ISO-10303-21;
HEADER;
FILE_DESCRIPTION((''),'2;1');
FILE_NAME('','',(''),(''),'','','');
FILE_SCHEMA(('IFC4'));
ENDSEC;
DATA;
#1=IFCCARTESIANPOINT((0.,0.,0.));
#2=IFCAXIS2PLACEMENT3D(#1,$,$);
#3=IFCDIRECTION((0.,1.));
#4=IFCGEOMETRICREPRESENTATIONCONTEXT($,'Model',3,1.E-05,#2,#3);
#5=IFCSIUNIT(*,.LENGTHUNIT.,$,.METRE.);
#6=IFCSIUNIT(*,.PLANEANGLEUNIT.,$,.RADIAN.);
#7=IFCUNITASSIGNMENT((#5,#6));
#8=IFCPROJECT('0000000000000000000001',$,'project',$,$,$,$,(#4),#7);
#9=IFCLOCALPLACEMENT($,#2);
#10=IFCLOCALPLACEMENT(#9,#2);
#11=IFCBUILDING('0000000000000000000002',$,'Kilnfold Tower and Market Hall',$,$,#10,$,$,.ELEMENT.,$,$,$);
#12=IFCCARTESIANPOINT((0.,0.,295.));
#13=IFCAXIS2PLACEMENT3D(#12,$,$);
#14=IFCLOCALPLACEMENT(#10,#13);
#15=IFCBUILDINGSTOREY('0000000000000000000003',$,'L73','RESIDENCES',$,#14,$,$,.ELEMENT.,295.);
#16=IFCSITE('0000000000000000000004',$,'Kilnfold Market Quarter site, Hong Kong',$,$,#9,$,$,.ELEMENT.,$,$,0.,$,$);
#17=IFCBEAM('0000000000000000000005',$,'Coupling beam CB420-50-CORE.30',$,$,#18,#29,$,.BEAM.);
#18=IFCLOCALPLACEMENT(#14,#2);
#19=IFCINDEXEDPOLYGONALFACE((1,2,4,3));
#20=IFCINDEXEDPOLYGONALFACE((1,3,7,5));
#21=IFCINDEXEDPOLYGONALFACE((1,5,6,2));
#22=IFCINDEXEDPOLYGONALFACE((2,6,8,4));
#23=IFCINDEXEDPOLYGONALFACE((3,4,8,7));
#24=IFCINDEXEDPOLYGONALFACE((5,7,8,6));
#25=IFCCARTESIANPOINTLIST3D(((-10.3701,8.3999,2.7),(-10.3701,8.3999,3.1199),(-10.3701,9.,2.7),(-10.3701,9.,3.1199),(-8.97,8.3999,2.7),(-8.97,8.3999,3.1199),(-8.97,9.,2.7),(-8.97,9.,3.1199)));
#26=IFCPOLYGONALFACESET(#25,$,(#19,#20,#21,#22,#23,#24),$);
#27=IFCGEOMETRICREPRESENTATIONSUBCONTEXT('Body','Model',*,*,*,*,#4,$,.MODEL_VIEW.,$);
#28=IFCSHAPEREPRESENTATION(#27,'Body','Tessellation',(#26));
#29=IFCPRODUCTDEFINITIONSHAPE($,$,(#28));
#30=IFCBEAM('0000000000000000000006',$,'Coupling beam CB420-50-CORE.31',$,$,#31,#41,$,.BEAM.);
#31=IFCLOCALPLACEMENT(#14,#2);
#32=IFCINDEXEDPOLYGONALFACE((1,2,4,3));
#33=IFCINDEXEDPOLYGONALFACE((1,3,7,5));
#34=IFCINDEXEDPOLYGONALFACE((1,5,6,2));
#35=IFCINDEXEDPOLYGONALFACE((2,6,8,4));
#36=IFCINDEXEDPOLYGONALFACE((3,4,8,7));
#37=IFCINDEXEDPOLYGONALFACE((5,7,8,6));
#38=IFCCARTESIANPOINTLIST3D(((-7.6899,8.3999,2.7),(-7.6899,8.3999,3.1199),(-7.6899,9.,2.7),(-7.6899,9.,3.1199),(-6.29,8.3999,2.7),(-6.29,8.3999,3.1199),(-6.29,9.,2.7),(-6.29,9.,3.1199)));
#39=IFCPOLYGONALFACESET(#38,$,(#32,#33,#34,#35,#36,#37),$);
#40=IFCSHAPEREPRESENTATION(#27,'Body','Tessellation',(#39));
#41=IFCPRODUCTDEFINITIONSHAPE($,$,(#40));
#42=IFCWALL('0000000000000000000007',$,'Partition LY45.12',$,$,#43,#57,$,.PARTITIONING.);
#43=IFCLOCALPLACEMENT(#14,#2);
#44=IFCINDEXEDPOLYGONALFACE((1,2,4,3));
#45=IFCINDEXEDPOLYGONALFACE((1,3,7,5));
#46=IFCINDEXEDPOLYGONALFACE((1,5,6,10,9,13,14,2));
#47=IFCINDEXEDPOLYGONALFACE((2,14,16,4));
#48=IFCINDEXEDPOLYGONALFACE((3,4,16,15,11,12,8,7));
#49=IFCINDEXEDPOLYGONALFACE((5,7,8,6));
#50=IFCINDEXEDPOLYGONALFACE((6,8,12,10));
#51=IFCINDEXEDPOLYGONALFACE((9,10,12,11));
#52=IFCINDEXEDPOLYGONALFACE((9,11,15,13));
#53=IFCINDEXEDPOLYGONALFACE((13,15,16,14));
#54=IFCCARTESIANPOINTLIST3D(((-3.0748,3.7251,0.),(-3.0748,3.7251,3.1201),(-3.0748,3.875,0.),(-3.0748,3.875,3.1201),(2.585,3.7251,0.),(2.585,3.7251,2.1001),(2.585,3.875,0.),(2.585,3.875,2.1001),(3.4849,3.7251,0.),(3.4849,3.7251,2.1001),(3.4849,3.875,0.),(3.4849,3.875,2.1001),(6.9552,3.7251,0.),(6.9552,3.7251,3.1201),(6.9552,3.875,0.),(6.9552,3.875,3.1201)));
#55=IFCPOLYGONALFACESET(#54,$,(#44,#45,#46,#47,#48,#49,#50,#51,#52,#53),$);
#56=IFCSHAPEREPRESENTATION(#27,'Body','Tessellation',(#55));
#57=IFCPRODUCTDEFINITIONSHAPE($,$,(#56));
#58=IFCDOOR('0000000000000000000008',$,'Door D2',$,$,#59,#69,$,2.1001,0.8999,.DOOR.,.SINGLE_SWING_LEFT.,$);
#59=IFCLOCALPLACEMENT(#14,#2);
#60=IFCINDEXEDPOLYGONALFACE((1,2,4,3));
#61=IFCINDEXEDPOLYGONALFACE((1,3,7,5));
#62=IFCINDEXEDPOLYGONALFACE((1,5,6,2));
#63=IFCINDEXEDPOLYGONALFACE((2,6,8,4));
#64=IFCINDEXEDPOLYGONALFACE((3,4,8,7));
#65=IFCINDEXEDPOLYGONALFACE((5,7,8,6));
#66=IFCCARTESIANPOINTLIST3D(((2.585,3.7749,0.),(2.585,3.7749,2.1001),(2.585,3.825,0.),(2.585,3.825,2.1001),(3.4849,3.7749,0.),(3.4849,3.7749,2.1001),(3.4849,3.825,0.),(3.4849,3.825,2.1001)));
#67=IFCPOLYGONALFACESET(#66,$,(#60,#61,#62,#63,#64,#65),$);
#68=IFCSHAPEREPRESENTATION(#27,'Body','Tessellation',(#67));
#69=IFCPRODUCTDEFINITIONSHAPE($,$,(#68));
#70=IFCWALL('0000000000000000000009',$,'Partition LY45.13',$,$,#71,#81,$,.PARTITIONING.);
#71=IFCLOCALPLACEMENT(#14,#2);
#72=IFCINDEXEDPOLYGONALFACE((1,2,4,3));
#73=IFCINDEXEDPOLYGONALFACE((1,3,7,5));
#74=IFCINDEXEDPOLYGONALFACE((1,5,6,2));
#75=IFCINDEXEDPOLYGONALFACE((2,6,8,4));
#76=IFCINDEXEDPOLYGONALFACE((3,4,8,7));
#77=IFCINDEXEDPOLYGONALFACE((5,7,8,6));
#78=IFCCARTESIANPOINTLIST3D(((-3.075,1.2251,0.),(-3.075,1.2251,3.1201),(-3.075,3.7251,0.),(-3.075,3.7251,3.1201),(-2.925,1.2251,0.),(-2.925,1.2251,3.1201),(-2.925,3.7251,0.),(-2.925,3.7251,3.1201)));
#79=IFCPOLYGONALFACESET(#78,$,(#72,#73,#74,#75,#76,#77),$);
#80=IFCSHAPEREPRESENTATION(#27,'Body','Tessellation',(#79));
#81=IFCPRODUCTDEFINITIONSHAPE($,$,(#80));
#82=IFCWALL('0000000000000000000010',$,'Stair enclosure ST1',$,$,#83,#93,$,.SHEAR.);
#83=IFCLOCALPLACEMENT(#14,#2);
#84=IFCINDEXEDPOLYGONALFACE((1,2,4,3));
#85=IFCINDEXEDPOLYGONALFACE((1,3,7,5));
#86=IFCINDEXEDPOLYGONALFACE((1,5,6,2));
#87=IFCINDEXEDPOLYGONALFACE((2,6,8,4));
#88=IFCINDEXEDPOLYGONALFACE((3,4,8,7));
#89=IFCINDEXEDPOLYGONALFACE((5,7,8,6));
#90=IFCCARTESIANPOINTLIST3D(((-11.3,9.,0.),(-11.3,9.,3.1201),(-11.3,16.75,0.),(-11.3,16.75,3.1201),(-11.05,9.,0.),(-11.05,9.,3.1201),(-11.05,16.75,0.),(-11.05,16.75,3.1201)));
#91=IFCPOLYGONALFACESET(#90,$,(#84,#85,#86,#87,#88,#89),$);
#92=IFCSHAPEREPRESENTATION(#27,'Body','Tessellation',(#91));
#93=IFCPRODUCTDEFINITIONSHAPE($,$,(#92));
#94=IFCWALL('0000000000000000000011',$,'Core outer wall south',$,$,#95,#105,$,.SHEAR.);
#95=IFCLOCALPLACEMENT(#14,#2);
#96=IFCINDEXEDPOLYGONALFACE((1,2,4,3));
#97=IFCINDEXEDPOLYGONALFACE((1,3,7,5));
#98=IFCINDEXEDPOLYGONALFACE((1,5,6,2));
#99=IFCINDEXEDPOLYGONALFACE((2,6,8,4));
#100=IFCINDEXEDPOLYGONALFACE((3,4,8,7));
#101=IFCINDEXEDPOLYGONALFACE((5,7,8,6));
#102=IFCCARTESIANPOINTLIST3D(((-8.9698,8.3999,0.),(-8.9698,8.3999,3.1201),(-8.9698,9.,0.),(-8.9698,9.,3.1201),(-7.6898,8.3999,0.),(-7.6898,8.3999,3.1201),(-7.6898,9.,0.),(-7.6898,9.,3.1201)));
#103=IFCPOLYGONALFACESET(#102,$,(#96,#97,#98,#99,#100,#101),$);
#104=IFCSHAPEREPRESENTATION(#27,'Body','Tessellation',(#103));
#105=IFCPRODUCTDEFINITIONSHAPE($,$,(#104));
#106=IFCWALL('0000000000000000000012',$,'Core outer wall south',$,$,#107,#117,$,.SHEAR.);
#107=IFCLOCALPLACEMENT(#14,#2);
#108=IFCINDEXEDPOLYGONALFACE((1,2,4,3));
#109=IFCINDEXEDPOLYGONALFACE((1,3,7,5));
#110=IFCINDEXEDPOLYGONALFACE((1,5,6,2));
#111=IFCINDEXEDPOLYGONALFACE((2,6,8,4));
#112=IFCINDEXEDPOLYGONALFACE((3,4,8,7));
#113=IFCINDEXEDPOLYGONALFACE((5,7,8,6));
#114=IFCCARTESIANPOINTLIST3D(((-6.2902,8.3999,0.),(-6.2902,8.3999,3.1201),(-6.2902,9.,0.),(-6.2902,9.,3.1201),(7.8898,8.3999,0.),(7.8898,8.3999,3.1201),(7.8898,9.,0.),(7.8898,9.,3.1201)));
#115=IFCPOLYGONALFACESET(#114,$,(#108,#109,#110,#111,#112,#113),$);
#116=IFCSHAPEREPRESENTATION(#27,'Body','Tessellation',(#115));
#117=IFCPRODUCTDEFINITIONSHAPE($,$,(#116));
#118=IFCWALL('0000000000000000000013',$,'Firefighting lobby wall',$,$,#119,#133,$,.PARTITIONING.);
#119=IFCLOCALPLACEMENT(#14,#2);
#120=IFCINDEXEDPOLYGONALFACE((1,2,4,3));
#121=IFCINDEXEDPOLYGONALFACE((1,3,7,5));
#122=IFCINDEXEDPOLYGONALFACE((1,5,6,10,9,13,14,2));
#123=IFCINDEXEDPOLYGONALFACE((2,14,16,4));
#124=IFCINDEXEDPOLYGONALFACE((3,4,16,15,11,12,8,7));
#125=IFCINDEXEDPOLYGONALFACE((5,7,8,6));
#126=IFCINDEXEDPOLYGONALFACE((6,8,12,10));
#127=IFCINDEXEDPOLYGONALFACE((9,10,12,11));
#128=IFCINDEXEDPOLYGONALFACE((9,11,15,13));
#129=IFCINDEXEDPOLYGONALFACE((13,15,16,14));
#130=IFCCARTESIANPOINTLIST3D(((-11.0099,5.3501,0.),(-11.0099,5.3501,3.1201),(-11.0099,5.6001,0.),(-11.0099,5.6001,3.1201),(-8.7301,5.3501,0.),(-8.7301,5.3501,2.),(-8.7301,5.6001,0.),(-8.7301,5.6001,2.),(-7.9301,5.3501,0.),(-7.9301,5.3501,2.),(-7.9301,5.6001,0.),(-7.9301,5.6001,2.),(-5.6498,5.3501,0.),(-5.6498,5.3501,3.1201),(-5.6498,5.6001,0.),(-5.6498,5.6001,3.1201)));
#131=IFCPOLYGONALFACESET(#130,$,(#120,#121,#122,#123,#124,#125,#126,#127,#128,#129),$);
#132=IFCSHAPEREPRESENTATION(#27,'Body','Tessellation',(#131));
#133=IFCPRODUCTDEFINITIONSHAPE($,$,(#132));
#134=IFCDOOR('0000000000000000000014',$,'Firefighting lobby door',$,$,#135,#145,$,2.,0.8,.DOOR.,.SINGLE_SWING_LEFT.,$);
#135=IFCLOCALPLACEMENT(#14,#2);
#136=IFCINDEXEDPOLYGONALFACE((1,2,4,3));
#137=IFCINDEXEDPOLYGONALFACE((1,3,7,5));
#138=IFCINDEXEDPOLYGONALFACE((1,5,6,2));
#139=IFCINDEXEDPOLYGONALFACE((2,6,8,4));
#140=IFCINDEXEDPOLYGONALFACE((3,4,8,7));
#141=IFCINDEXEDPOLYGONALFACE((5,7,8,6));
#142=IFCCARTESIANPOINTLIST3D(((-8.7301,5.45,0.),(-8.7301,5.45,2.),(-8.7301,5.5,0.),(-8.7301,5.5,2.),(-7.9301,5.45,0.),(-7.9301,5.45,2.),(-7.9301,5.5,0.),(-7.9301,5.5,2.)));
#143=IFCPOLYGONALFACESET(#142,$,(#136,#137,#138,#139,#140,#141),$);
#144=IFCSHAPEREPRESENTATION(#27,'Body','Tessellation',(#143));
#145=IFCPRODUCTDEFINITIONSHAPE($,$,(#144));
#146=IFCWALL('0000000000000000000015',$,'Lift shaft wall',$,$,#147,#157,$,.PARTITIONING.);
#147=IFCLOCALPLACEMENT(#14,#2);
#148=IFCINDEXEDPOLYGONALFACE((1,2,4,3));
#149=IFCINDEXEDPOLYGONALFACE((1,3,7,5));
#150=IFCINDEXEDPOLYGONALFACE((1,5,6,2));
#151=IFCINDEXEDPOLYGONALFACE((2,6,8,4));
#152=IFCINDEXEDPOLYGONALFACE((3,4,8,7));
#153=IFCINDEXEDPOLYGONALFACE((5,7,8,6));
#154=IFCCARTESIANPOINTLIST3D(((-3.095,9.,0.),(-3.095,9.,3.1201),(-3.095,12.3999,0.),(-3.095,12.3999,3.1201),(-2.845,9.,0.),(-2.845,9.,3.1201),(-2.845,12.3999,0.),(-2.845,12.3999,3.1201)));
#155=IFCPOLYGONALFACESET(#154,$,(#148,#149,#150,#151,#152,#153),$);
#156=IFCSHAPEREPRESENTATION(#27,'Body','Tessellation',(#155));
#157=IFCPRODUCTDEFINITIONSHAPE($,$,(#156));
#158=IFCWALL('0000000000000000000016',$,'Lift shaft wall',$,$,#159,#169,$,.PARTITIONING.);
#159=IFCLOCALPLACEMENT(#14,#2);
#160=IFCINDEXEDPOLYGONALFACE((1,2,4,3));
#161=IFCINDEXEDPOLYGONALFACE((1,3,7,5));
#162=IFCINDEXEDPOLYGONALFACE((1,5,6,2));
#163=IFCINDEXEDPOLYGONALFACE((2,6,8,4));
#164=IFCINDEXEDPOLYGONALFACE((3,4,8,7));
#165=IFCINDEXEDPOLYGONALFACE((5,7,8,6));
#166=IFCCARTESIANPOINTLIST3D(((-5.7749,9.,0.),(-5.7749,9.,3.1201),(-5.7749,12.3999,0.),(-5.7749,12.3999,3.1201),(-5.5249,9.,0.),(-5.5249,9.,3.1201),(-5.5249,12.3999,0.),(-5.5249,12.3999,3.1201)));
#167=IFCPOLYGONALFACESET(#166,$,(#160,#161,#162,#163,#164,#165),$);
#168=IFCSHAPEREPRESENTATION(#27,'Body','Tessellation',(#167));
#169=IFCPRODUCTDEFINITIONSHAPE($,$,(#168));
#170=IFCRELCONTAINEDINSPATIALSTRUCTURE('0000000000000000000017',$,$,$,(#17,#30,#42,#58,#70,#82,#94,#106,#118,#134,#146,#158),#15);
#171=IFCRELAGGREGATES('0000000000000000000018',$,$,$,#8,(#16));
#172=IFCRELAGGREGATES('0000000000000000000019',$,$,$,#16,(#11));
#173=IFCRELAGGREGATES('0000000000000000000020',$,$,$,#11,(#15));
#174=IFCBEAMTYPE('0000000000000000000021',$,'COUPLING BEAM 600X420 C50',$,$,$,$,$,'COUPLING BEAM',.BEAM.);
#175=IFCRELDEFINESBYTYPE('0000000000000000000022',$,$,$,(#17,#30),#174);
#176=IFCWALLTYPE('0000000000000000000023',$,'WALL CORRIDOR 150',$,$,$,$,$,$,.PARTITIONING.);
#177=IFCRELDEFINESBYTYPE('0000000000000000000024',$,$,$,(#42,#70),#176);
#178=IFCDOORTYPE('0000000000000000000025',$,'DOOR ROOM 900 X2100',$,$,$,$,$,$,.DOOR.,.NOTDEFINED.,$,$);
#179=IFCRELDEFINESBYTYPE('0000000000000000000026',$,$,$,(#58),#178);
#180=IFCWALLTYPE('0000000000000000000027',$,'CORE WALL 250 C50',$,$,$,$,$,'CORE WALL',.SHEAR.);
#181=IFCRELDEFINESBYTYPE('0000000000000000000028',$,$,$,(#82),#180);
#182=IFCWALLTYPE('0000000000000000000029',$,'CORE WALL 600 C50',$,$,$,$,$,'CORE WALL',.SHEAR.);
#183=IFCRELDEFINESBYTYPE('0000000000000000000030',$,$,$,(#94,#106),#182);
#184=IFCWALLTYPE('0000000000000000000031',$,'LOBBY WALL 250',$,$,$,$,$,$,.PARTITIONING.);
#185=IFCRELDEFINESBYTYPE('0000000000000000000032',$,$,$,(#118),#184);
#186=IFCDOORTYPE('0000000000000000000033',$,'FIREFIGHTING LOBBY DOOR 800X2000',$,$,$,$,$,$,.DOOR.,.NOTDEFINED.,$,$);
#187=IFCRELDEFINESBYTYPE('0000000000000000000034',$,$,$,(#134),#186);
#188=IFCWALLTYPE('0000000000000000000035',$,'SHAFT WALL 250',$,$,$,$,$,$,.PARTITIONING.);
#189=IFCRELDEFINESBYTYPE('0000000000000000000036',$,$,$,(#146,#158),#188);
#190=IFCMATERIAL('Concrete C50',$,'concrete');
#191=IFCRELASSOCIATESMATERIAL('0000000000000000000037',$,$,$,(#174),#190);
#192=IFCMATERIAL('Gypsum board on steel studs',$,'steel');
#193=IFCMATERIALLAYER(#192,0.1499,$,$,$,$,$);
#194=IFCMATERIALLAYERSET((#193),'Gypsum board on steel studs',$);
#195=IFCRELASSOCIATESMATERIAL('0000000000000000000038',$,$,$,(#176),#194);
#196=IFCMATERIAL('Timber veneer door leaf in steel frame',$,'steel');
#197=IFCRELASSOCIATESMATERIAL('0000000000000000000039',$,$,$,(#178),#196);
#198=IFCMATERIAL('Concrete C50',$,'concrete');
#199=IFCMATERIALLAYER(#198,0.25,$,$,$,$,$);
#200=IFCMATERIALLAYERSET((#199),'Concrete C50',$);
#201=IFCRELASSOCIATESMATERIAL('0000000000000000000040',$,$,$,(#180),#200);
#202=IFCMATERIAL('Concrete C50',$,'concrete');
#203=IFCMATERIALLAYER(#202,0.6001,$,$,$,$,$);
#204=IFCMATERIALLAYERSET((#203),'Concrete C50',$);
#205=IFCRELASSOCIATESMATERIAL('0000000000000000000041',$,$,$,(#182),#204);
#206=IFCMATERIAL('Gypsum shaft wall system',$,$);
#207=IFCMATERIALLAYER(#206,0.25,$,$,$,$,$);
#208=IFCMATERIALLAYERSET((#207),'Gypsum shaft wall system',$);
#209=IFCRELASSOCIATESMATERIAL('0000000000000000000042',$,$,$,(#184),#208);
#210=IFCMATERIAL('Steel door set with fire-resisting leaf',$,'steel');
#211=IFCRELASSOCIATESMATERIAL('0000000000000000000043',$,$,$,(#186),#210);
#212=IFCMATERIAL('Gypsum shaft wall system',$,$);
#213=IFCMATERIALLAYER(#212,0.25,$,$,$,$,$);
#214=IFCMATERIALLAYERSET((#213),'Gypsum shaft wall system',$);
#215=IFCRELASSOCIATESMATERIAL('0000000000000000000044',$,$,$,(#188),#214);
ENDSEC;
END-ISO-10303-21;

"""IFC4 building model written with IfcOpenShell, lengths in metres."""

from ifc_helpers import new_model, si_unit, direction, frame, frame_2d, origin, origin_2d, place, context, subcontext, project, spatial, rectangle, extrude, source, transform, mapped, material, layer, layer_set, material_profile, profile_set, type_object, element, fill, save


model = new_model("IFC4")

# Units and contexts
model_context = context("Model", 3, precision=1e-05, world=origin(), true_north=direction((0.0, 1.0)))
body_context = subcontext(model_context, "Body", "Model", "MODEL_VIEW")
ifc_project = project(units=[si_unit("LENGTHUNIT", "METRE"), si_unit("PLANEANGLEUNIT", "RADIAN")], contexts=[model_context])

# Site, building, storey
site_placement = place(None, origin())
site = spatial("IfcSite", under=ifc_project, at=site_placement, Name="Kilnfold Market Quarter site, Hong Kong", CompositionType="ELEMENT", RefElevation=0.0)
building_placement = place(site_placement, origin())
building = spatial("IfcBuilding", under=site, at=building_placement, Name="Kilnfold Tower and Market Hall", CompositionType="ELEMENT")
storey_placement = place(building_placement, frame((0.0, 0.0, 295.0)))
storey = spatial("IfcBuildingStorey", under=building, at=storey_placement, Name="L73", Description="RESIDENCES", CompositionType="ELEMENT", Elevation=295.0)

# Beams
ifc_material_1 = material(Name="Concrete C50", Category="concrete")
ifc_material_profile = material_profile(ifc_material_1, rectangle(XDim=0.6001, YDim=0.4199, at=origin_2d()), Name="RC 600x420")
ifc_profile_set = profile_set([ifc_material_profile], Name="Concrete C50")
beam_type = type_object("IfcBeamType", Name="COUPLING BEAM 600X420 C50", ElementType="COUPLING BEAM", PredefinedType="BEAM", material=ifc_profile_set)
shared_shape_1 = source(origin(), body_context, "Body", "SweptSolid", [
    extrude(rectangle(XDim=0.6001, YDim=0.4199, at=origin_2d()), origin(), (0.0, 0.0, 1.0), 1.4001),
])
beam_1_placement = place(storey_placement, frame((-10.3701, 8.7, 2.9099), z_axis=(1.0, 0.0, 0.0), x_axis=(0.0, 1.0, 0.0)))
element("IfcBeam", 1, at=beam_1_placement, inside=storey, type_object=beam_type, Name="Coupling beam CB420-50-CORE.30", PredefinedType="BEAM", context=body_context, shape_type="MappedRepresentation", body=[
    mapped(shared_shape_1, transform((0.0, 0.0, 0.0))),
])
shared_shape_2 = source(origin(), body_context, "Body", "SweptSolid", [
    extrude(rectangle(XDim=0.6001, YDim=0.4199, at=origin_2d()), origin(), (0.0, 0.0, 1.0), 1.3999),
])
beam_2_placement = place(storey_placement, frame((-7.6899, 8.7, 2.9099), z_axis=(1.0, 0.0, 0.0), x_axis=(0.0, 1.0, 0.0)))
element("IfcBeam", 2, at=beam_2_placement, inside=storey, type_object=beam_type, Name="Coupling beam CB420-50-CORE.31", PredefinedType="BEAM", context=body_context, shape_type="MappedRepresentation", body=[
    mapped(shared_shape_2, transform((0.0, 0.0, 0.0))),
])

# Wall, opening, door
ifc_material_2 = material(Name="Gypsum board on steel studs", Category="steel")
ifc_layer_1 = layer(ifc_material_2, 0.1499)
ifc_layer_set_1 = layer_set([ifc_layer_1], Name="Gypsum board on steel studs")
wall_type_1 = type_object("IfcWallType", Name="WALL CORRIDOR 150", PredefinedType="PARTITIONING", material=ifc_layer_set_1)
wall_1_placement = place(storey_placement, frame((-3.075, 3.8, 0.0), z_axis=(0.0, 0.0, 1.0), x_axis=(1.0, 0.0, 0.0)))
wall_1 = element("IfcWall", 3, at=wall_1_placement, inside=storey, type_object=wall_type_1, Name="Partition LY45.12", PredefinedType="PARTITIONING", context=body_context, shape_type="SweptSolid", body=[
    extrude(rectangle(XDim=10.03, YDim=0.1499, at=frame_2d((5.0151, 0.0))), origin(), (0.0, 0.0, 1.0), 3.1201),
])
opening_1_placement = place(wall_1_placement, frame((5.6599, 0.0, 0.0)))
opening_1 = element("IfcOpeningElement", 4, at=opening_1_placement, cuts=wall_1, PredefinedType="OPENING", context=body_context, shape_type="SweptSolid", body=[
    extrude(rectangle(XDim=0.8999, YDim=2.1001, at=frame_2d((0.45, 1.05))), frame((0.0, 0.085, 0.0), z_axis=(0.0, -1.0, 0.0), x_axis=(1.0, 0.0, 0.0)), (0.0, 0.0, 1.0), 0.1699),
])
ifc_material_3 = material(Name="Timber veneer door leaf in steel frame", Category="steel")
door_type_1 = type_object("IfcDoorType", Name="DOOR ROOM 900 X2100", OperationType="NOTDEFINED", PredefinedType="DOOR", material=ifc_material_3)
door_1_placement = place(opening_1_placement, origin())
door_1 = element("IfcDoor", 5, at=door_1_placement, inside=storey, type_object=door_type_1, Name="Door D2", OperationType="SINGLE_SWING_LEFT", OverallHeight=2.1001, OverallWidth=0.8999, PredefinedType="DOOR", context=body_context, shape_type="SweptSolid", body=[
    extrude(rectangle(XDim=0.8999, YDim=2.1001, at=frame_2d((0.45, 1.05))), frame((0.0, 0.0249, 0.0), z_axis=(0.0, -1.0, 0.0), x_axis=(1.0, 0.0, 0.0)), (0.0, 0.0, 1.0), 0.05),
])
fill(opening_1, door_1)

# Walls
wall_2_placement = place(storey_placement, frame((-3.0, 1.2251, 0.0), z_axis=(0.0, 0.0, 1.0), x_axis=(0.0, 1.0, 0.0)))
element("IfcWall", 6, at=wall_2_placement, inside=storey, type_object=wall_type_1, Name="Partition LY45.13", PredefinedType="PARTITIONING", context=body_context, shape_type="SweptSolid", body=[
    extrude(rectangle(XDim=2.5, YDim=0.1499, at=frame_2d((1.25, 0.0))), origin(), (0.0, 0.0, 1.0), 3.1201),
])
ifc_material_4 = material(Name="Concrete C50", Category="concrete")
ifc_layer_2 = layer(ifc_material_4, 0.25)
ifc_layer_set_2 = layer_set([ifc_layer_2], Name="Concrete C50")
wall_type_2 = type_object("IfcWallType", Name="CORE WALL 250 C50", ElementType="CORE WALL", PredefinedType="SHEAR", material=ifc_layer_set_2)
shared_shape_3 = source(origin(), body_context, "Body", "SweptSolid", [
    extrude(rectangle(XDim=7.75, YDim=0.25, at=frame_2d((3.875, 0.0))), origin(), (0.0, 0.0, 1.0), 3.1201),
])
wall_3_placement = place(storey_placement, frame((-11.175, 9.0, 0.0), z_axis=(0.0, 0.0, 1.0), x_axis=(0.0, 1.0, 0.0)))
element("IfcWall", 7, at=wall_3_placement, inside=storey, type_object=wall_type_2, Name="Stair enclosure ST1", PredefinedType="SHEAR", context=body_context, shape_type="MappedRepresentation", body=[
    mapped(shared_shape_3, transform((0.0, 0.0, 0.0))),
])
ifc_material_5 = material(Name="Concrete C50", Category="concrete")
ifc_layer_3 = layer(ifc_material_5, 0.6001)
ifc_layer_set_3 = layer_set([ifc_layer_3], Name="Concrete C50")
wall_type_3 = type_object("IfcWallType", Name="CORE WALL 600 C50", ElementType="CORE WALL", PredefinedType="SHEAR", material=ifc_layer_set_3)
shared_shape_4 = source(origin(), body_context, "Body", "SweptSolid", [
    extrude(rectangle(XDim=1.28, YDim=0.6001, at=frame_2d((0.6401, 0.0))), origin(), (0.0, 0.0, 1.0), 3.1201),
])
wall_4_placement = place(storey_placement, frame((-8.97, 8.7, 0.0), z_axis=(0.0, 0.0, 1.0), x_axis=(1.0, 0.0, 0.0)))
element("IfcWall", 8, at=wall_4_placement, inside=storey, type_object=wall_type_3, Name="Core outer wall south", PredefinedType="SHEAR", context=body_context, shape_type="MappedRepresentation", body=[
    mapped(shared_shape_4, transform((0.0, 0.0, 0.0))),
])
shared_shape_5 = source(origin(), body_context, "Body", "SweptSolid", [
    extrude(rectangle(XDim=14.1799, YDim=0.6001, at=frame_2d((7.0898, 0.0))), origin(), (0.0, 0.0, 1.0), 3.1201),
])
wall_5_placement = place(storey_placement, frame((-6.29, 8.7, 0.0), z_axis=(0.0, 0.0, 1.0), x_axis=(1.0, 0.0, 0.0)))
element("IfcWall", 9, at=wall_5_placement, inside=storey, type_object=wall_type_3, Name="Core outer wall south", PredefinedType="SHEAR", context=body_context, shape_type="MappedRepresentation", body=[
    mapped(shared_shape_5, transform((0.0, 0.0, 0.0))),
])

# Wall, opening, door
ifc_material_6 = material(Name="Gypsum shaft wall system")
ifc_layer_4 = layer(ifc_material_6, 0.25)
ifc_layer_set_4 = layer_set([ifc_layer_4], Name="Gypsum shaft wall system")
wall_type_4 = type_object("IfcWallType", Name="LOBBY WALL 250", PredefinedType="PARTITIONING", material=ifc_layer_set_4)
shared_shape_6 = source(origin(), body_context, "Body", "SweptSolid", [
    extrude(rectangle(XDim=5.3601, YDim=0.25, at=frame_2d((2.6802, 0.0))), origin(), (0.0, 0.0, 1.0), 3.1201),
])
wall_6_placement = place(storey_placement, frame((-11.01, 5.4751, 0.0), z_axis=(0.0, 0.0, 1.0), x_axis=(1.0, 0.0, 0.0)))
wall_6 = element("IfcWall", 10, at=wall_6_placement, inside=storey, type_object=wall_type_4, Name="Firefighting lobby wall", PredefinedType="PARTITIONING", context=body_context, shape_type="MappedRepresentation", body=[
    mapped(shared_shape_6, transform((0.0, 0.0, 0.0))),
])
opening_2_placement = place(wall_6_placement, frame((2.28, 0.0, 0.0)))
opening_2 = element("IfcOpeningElement", 11, at=opening_2_placement, cuts=wall_6, PredefinedType="OPENING", context=body_context, shape_type="SweptSolid", body=[
    extrude(rectangle(XDim=0.8, YDim=2.0, at=frame_2d((0.3999, 1.0))), frame((0.0, 0.135, 0.0), z_axis=(0.0, -1.0, 0.0), x_axis=(1.0, 0.0, 0.0)), (0.0, 0.0, 1.0), 0.27),
])
ifc_material_7 = material(Name="Steel door set with fire-resisting leaf", Category="steel")
door_type_2 = type_object("IfcDoorType", Name="FIREFIGHTING LOBBY DOOR 800X2000", OperationType="NOTDEFINED", PredefinedType="DOOR", material=ifc_material_7)
door_2_placement = place(opening_2_placement, origin())
door_2 = element("IfcDoor", 12, at=door_2_placement, inside=storey, type_object=door_type_2, Name="Firefighting lobby door", OperationType="SINGLE_SWING_LEFT", OverallHeight=2.0, OverallWidth=0.8, PredefinedType="DOOR", context=body_context, shape_type="SweptSolid", body=[
    extrude(rectangle(XDim=0.8, YDim=2.0, at=frame_2d((0.3999, 1.0))), frame((0.0, 0.0249, 0.0), z_axis=(0.0, -1.0, 0.0), x_axis=(1.0, 0.0, 0.0)), (0.0, 0.0, 1.0), 0.05),
])
fill(opening_2, door_2)

# Walls
ifc_material_8 = material(Name="Gypsum shaft wall system")
ifc_layer_5 = layer(ifc_material_8, 0.25)
ifc_layer_set_5 = layer_set([ifc_layer_5], Name="Gypsum shaft wall system")
wall_type_5 = type_object("IfcWallType", Name="SHAFT WALL 250", PredefinedType="PARTITIONING", material=ifc_layer_set_5)
shared_shape_7 = source(origin(), body_context, "Body", "SweptSolid", [
    extrude(rectangle(XDim=3.3999, YDim=0.25, at=frame_2d((1.7, 0.0))), origin(), (0.0, 0.0, 1.0), 3.1201),
])
for number, where, z_axis, x_axis, name in (
    (13, (-2.97, 9.0, 0.0), (0.0, 0.0, 1.0), (0.0, 1.0, 0.0), "Lift shaft wall"),
    (14, (-5.6499, 9.0, 0.0), (0.0, 0.0, 1.0), (0.0, 1.0, 0.0), "Lift shaft wall"),
):
    element("IfcWall", number, at=place(storey_placement, frame(where, z_axis=z_axis, x_axis=x_axis)), inside=storey, type_object=wall_type_5, Name=name, PredefinedType="PARTITIONING", context=body_context, shape_type="MappedRepresentation", body=[
        mapped(shared_shape_7, transform((0.0, 0.0, 0.0))),
    ])

save(model, "model.ifc")
